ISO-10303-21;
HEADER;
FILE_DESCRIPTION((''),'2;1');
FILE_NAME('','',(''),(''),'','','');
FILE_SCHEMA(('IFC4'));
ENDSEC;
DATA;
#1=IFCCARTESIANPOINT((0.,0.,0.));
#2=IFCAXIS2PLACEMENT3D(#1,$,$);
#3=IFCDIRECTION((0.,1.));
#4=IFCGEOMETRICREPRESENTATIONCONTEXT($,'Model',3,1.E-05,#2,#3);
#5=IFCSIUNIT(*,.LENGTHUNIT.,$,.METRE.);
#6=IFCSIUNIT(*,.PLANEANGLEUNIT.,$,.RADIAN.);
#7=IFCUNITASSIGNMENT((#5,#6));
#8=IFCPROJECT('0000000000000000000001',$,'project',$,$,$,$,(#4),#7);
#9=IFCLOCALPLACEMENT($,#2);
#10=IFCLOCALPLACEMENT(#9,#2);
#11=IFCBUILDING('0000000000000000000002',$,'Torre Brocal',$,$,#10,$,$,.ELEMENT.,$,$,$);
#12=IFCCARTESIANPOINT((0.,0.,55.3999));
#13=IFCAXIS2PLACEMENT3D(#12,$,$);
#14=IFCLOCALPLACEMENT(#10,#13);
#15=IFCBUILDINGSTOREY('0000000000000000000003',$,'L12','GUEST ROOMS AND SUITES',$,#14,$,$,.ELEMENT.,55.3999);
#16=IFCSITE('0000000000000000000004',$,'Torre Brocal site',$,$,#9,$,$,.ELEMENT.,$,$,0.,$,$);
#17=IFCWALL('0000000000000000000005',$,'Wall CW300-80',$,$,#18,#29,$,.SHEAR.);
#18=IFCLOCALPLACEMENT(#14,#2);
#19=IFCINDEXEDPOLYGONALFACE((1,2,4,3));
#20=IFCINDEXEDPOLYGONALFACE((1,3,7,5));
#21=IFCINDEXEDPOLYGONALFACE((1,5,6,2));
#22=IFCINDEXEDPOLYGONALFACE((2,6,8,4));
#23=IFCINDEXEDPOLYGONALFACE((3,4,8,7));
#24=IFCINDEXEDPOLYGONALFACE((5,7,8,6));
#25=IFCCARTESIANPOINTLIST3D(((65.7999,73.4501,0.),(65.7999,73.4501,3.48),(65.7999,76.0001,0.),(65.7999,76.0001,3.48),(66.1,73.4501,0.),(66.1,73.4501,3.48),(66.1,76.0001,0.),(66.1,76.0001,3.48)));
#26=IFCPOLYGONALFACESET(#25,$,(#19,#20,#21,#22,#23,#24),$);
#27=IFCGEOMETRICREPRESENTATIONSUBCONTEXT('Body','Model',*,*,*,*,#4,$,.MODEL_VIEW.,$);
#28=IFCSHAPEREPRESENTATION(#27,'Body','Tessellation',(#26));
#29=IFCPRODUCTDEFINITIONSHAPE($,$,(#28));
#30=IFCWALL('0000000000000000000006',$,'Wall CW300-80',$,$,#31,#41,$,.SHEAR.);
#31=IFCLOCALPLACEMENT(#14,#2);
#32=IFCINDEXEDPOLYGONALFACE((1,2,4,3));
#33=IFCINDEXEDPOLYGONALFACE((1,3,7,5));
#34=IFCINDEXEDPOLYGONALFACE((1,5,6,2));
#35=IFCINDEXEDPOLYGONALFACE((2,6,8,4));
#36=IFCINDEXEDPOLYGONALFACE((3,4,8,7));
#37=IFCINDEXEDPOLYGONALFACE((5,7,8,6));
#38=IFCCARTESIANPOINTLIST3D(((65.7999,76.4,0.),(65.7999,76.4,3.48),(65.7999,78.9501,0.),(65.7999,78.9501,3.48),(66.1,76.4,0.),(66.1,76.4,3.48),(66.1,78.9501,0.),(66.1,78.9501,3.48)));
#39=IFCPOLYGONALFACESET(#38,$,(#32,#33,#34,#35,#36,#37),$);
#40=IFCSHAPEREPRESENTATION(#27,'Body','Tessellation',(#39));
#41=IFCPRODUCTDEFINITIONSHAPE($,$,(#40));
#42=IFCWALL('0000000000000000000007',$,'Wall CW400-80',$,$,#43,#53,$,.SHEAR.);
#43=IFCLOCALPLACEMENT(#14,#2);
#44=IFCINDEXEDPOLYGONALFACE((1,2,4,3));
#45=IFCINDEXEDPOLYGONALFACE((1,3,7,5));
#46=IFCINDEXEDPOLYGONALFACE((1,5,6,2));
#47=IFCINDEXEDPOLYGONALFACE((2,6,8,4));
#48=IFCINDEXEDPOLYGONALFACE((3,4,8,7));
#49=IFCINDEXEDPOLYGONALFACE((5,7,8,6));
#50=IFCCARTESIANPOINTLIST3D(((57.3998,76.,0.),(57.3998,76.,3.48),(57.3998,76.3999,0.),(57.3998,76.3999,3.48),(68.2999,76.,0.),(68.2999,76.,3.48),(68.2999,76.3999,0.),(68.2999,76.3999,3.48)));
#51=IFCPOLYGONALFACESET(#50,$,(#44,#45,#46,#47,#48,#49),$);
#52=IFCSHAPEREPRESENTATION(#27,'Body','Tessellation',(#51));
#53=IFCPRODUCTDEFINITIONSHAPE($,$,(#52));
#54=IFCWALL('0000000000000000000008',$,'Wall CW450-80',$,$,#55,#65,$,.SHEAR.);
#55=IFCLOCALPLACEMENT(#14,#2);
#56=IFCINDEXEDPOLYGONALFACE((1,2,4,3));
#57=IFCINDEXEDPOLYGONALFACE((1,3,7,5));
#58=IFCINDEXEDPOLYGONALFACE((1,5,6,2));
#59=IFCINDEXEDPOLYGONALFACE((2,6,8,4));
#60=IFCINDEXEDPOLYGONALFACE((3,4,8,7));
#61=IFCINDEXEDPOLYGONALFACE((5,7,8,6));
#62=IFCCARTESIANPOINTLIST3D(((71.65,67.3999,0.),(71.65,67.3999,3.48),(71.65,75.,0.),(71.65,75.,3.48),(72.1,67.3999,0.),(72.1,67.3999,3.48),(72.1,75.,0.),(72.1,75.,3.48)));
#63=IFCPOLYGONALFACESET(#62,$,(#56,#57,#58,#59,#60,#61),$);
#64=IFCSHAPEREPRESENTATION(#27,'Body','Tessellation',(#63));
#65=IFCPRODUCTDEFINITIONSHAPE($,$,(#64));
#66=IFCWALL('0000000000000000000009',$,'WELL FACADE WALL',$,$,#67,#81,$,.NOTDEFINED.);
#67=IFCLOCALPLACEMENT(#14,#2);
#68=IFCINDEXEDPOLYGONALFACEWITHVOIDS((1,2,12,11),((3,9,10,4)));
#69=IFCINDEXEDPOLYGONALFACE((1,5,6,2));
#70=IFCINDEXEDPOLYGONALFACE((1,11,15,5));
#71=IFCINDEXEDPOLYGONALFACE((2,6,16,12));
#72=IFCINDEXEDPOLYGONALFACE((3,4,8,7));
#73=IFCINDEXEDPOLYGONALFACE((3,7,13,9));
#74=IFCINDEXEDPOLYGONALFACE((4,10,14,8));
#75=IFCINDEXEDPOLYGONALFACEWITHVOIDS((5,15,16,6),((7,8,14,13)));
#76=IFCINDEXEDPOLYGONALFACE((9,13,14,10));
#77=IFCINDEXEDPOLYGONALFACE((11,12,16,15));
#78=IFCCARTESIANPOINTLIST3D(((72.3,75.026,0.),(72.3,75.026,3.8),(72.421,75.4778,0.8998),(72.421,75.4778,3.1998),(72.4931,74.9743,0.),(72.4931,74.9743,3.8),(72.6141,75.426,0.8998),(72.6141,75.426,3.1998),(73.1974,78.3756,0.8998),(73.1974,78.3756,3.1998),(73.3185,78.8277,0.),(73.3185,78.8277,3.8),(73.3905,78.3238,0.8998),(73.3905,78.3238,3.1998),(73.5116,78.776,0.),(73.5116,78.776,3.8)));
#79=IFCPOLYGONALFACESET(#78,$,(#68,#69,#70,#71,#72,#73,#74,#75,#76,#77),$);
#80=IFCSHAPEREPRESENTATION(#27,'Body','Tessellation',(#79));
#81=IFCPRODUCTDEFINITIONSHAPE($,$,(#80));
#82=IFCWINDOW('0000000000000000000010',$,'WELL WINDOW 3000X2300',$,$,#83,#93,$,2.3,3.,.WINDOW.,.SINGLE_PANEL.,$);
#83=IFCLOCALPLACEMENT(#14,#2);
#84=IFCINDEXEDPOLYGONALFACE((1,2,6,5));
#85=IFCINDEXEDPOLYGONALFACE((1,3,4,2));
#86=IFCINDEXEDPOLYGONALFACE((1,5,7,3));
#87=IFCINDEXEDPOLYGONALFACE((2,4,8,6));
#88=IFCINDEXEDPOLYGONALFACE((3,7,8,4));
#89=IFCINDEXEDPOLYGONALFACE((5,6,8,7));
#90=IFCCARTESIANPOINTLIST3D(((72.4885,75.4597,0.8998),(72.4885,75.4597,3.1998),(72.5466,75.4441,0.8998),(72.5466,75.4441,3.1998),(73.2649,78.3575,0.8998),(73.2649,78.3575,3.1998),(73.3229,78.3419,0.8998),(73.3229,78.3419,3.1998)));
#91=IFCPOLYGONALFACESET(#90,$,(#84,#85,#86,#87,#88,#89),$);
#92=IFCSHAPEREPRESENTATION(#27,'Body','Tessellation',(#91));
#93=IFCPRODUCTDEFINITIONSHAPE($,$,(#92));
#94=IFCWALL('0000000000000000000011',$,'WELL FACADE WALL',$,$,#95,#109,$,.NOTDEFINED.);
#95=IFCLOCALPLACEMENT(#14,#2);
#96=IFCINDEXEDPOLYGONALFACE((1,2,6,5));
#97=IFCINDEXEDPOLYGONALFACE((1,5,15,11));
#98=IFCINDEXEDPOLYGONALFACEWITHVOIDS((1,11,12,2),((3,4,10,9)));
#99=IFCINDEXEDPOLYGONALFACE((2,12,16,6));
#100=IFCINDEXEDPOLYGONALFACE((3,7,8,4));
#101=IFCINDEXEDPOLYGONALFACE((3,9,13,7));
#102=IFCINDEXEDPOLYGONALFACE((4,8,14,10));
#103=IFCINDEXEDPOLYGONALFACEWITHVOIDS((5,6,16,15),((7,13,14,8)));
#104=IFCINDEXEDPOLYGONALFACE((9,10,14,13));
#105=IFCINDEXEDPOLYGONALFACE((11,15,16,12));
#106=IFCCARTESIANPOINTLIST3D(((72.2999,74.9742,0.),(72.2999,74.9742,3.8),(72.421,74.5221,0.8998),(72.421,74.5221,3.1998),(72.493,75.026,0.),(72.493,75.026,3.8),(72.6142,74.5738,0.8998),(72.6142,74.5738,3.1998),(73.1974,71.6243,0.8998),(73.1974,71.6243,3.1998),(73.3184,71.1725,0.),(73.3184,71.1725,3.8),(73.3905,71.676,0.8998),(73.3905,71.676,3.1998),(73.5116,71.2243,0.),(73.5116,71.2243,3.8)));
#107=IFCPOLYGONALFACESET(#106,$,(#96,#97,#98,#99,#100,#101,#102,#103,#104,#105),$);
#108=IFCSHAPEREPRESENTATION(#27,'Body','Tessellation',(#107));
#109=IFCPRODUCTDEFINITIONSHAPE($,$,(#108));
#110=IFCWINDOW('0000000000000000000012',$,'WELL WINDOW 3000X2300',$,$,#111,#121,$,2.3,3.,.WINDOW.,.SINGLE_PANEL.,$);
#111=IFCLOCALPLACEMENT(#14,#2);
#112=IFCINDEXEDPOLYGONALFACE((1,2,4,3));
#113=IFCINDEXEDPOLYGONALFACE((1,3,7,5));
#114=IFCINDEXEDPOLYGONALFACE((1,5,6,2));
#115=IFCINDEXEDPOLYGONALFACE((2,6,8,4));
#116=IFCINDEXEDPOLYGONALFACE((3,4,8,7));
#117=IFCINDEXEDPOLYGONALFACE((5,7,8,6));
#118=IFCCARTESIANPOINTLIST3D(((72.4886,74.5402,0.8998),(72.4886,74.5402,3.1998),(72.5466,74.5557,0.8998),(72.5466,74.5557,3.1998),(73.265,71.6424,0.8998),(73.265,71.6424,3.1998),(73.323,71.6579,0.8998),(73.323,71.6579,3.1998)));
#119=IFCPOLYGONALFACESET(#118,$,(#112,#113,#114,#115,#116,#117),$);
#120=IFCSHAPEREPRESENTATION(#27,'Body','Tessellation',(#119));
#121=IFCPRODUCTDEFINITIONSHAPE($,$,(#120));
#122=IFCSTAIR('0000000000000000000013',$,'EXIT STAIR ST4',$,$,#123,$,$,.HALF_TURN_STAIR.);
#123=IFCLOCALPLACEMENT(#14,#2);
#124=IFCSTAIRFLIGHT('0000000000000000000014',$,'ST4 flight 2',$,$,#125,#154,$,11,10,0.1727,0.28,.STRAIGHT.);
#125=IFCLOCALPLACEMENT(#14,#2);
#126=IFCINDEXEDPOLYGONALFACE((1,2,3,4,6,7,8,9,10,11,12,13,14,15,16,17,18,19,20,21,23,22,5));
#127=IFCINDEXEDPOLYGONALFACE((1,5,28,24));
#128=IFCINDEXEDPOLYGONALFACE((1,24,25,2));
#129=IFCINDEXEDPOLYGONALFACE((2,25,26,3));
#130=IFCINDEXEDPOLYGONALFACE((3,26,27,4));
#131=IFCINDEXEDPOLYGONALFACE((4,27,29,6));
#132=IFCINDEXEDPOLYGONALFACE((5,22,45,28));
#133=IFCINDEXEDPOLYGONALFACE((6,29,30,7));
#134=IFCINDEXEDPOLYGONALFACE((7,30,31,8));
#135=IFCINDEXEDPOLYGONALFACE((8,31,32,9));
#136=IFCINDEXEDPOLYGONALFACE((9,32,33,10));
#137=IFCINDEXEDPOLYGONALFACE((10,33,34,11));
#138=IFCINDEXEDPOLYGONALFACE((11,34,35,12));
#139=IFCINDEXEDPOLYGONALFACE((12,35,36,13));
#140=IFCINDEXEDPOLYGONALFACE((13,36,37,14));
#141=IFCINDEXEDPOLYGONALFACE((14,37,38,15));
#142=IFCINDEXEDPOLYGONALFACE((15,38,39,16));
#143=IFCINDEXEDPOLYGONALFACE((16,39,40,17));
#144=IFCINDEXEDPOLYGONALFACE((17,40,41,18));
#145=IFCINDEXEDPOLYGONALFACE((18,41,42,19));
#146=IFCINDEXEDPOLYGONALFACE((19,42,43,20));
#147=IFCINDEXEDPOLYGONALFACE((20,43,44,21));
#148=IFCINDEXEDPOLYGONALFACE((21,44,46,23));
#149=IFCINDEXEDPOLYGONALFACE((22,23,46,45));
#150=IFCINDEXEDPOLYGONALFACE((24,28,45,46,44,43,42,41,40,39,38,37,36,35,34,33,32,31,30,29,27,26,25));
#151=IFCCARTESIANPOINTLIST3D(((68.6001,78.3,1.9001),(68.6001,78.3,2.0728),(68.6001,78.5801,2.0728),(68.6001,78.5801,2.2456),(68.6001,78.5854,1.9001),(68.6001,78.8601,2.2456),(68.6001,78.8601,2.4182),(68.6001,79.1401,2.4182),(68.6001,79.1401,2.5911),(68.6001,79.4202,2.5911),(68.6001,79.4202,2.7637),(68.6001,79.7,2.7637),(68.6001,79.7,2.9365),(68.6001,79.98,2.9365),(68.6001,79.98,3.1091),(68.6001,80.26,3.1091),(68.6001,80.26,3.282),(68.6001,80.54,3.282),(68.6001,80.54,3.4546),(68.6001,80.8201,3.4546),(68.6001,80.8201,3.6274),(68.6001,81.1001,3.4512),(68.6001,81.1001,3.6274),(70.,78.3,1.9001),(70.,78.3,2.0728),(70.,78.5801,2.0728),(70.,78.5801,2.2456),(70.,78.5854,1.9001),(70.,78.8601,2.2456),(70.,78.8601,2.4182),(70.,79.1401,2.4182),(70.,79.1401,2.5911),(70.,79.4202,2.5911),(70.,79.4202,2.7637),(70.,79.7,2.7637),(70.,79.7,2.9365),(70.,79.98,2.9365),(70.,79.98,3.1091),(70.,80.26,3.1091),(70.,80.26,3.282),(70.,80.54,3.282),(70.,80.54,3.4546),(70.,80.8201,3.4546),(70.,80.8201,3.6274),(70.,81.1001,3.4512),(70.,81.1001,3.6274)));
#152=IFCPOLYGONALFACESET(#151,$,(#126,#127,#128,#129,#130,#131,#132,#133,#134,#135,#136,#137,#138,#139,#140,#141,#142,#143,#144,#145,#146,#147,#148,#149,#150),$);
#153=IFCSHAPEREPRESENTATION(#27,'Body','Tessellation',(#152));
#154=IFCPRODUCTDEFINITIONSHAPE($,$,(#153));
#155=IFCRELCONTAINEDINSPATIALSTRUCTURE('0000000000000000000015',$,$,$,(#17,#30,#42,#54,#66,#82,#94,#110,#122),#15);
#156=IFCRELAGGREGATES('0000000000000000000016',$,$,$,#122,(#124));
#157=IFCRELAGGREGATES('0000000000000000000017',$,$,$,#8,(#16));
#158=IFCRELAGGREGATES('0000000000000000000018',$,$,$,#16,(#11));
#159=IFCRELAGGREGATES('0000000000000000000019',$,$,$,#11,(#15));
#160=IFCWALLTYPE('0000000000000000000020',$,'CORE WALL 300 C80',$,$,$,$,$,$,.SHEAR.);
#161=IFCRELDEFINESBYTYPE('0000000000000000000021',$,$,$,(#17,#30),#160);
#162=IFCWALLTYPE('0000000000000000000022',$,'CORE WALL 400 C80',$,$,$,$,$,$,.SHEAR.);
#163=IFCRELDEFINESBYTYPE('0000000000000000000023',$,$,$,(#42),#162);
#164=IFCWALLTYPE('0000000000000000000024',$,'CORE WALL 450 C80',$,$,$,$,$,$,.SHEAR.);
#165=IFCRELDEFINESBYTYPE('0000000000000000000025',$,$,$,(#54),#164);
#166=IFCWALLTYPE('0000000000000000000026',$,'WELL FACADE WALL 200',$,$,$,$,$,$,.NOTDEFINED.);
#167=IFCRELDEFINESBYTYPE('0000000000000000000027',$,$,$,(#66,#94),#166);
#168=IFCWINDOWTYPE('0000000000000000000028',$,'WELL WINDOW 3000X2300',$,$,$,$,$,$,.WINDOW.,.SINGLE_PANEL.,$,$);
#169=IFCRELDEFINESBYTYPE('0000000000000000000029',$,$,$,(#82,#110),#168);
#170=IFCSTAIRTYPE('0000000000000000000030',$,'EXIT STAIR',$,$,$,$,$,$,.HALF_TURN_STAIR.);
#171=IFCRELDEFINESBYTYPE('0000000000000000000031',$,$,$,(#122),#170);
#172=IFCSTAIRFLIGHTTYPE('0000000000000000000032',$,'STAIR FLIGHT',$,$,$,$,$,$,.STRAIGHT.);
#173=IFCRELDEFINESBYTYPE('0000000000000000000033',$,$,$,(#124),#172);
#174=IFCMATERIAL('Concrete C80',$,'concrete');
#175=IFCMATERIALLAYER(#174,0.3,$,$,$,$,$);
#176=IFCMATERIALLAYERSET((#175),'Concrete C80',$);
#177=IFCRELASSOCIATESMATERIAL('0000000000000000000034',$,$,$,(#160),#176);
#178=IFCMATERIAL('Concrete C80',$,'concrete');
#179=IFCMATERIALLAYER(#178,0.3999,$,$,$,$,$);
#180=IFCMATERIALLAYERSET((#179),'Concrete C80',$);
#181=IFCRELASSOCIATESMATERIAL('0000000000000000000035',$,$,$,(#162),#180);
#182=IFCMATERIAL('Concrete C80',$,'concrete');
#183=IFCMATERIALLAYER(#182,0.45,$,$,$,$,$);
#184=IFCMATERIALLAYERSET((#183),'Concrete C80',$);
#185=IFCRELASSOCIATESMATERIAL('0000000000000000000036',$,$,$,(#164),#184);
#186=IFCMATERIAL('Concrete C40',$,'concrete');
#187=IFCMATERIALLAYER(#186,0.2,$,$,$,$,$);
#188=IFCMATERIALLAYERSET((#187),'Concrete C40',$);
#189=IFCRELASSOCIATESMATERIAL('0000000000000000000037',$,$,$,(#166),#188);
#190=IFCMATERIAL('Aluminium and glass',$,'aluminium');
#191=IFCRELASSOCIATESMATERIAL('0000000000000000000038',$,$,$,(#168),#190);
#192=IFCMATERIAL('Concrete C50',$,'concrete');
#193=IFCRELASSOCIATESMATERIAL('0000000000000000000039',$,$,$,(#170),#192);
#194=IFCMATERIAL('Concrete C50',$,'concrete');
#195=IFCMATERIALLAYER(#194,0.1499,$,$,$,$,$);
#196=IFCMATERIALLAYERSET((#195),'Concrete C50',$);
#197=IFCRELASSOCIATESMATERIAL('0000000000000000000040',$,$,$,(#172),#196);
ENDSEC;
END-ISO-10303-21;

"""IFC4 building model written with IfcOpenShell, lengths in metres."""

from ifc_helpers import new_model, si_unit, direction, frame, frame_2d, origin, place, context, subcontext, project, spatial, polyline, rectangle, outline, extrude, material, layer, layer_set, type_object, element, fill, aggregate, save


model = new_model("IFC4")

# Units and contexts
model_context = context("Model", 3, precision=1e-05, world=origin(), true_north=direction((0.0, 1.0)))
body_context = subcontext(model_context, "Body", "Model", "MODEL_VIEW")
ifc_project = project(units=[si_unit("LENGTHUNIT", "METRE"), si_unit("PLANEANGLEUNIT", "RADIAN")], contexts=[model_context])

# Site, building, storey
site_placement = place(None, origin())
site = spatial("IfcSite", under=ifc_project, at=site_placement, Name="Torre Brocal site", CompositionType="ELEMENT", RefElevation=0.0)
building_placement = place(site_placement, origin())
building = spatial("IfcBuilding", under=site, at=building_placement, Name="Torre Brocal", CompositionType="ELEMENT")
storey_placement = place(building_placement, frame((0.0, 0.0, 55.3999)))
storey = spatial("IfcBuildingStorey", under=building, at=storey_placement, Name="L12", Description="GUEST ROOMS AND SUITES", CompositionType="ELEMENT", Elevation=55.3999)

# Shared definitions
ifc_material_1 = material(Name="Concrete C80", Category="concrete")
ifc_layer_1 = layer(ifc_material_1, 0.3)
ifc_layer_set_1 = layer_set([ifc_layer_1], Name="Concrete C80")
wall_type_1 = type_object("IfcWallType", Name="CORE WALL 300 C80", PredefinedType="SHEAR", material=ifc_layer_set_1)

# Walls
for number, where, z_axis, x_axis, name in (
    (1, (65.95, 76.0, 0.0), (0.0, 0.0, 1.0), (0.0, -1.0, 0.0), "Wall CW300-80"),
    (2, (65.95, 78.95, 0.0), (0.0, 0.0, 1.0), (0.0, -1.0, 0.0), "Wall CW300-80"),
):
    element("IfcWall", number, at=place(storey_placement, frame(where, z_axis=z_axis, x_axis=x_axis)), inside=storey, type_object=wall_type_1, Name=name, PredefinedType="SHEAR", context=body_context, shape_type="SweptSolid", body=[
        extrude(rectangle(XDim=2.55, YDim=0.3, at=frame_2d((1.2749, 0.0))), origin(), (0.0, 0.0, 1.0), 3.48),
    ])
ifc_material_2 = material(Name="Concrete C80", Category="concrete")
ifc_layer_2 = layer(ifc_material_2, 0.3999)
ifc_layer_set_2 = layer_set([ifc_layer_2], Name="Concrete C80")
wall_type_2 = type_object("IfcWallType", Name="CORE WALL 400 C80", PredefinedType="SHEAR", material=ifc_layer_set_2)
wall_1_placement = place(storey_placement, frame((68.3, 76.2, 0.0), z_axis=(0.0, 0.0, 1.0), x_axis=(-1.0, 0.0, 0.0)))
element("IfcWall", 3, at=wall_1_placement, inside=storey, type_object=wall_type_2, Name="Wall CW400-80", PredefinedType="SHEAR", context=body_context, shape_type="SweptSolid", body=[
    extrude(rectangle(XDim=10.9001, YDim=0.3999, at=frame_2d((5.4502, 0.0))), origin(), (0.0, 0.0, 1.0), 3.48),
])
ifc_material_3 = material(Name="Concrete C80", Category="concrete")
ifc_layer_3 = layer(ifc_material_3, 0.45)
ifc_layer_set_3 = layer_set([ifc_layer_3], Name="Concrete C80")
wall_type_3 = type_object("IfcWallType", Name="CORE WALL 450 C80", PredefinedType="SHEAR", material=ifc_layer_set_3)
wall_2_placement = place(storey_placement, frame((71.875, 75.0, 0.0), z_axis=(0.0, 0.0, 1.0), x_axis=(0.0, -1.0, 0.0)))
element("IfcWall", 4, at=wall_2_placement, inside=storey, type_object=wall_type_3, Name="Wall CW450-80", PredefinedType="SHEAR", context=body_context, shape_type="SweptSolid", body=[
    extrude(rectangle(XDim=7.6001, YDim=0.45, at=frame_2d((3.8, 0.0))), origin(), (0.0, 0.0, 1.0), 3.48),
])

# Walls, openings, windows
ifc_material_4 = material(Name="Concrete C40", Category="concrete")
ifc_layer_4 = layer(ifc_material_4, 0.2)
ifc_layer_set_4 = layer_set([ifc_layer_4], Name="Concrete C40")
wall_type_4 = type_object("IfcWallType", Name="WELL FACADE WALL 200", PredefinedType="NOTDEFINED", material=ifc_layer_set_4)
wall_3_placement = place(storey_placement, frame((73.415, 78.8018, 0.0), z_axis=(0.0, 0.0, 1.0), x_axis=(-0.25879, -0.965934, 0.0)))
wall_3 = element("IfcWall", 5, at=wall_3_placement, inside=storey, type_object=wall_type_4, Name="WELL FACADE WALL", PredefinedType="NOTDEFINED", context=body_context, shape_type="SweptSolid", body=[
    extrude(rectangle(XDim=3.9358, YDim=0.2, at=frame_2d((1.9678, 0.0))), origin(), (0.0, 0.0, 1.0), 3.8),
])
opening_1_placement = place(wall_3_placement, frame((0.468, 0.0, 0.8999)))
opening_1 = element("IfcOpeningElement", 6, at=opening_1_placement, cuts=wall_3, PredefinedType="OPENING", context=body_context, shape_type="SweptSolid", body=[
    extrude(rectangle(XDim=3.0, YDim=2.3, at=frame_2d((1.5, 1.1499))), frame((0.0, 0.1099, 0.0), z_axis=(0.0, -1.0, 0.0), x_axis=(1.0, 0.0, 0.0)), (0.0, 0.0, 1.0), 0.22),
])
ifc_material_5 = material(Name="Aluminium and glass", Category="aluminium")
window_type = type_object("IfcWindowType", Name="WELL WINDOW 3000X2300", PartitioningType="SINGLE_PANEL", PredefinedType="WINDOW", material=ifc_material_5)
window_1_placement = place(opening_1_placement, origin())
window_1 = element("IfcWindow", 7, at=window_1_placement, inside=storey, type_object=window_type, Name="WELL WINDOW 3000X2300", OverallHeight=2.3, OverallWidth=3.0, PartitioningType="SINGLE_PANEL", PredefinedType="WINDOW", context=body_context, shape_type="SweptSolid", body=[
    extrude(rectangle(XDim=3.0, YDim=2.3, at=frame_2d((1.5, 1.1499))), frame((0.0, 0.03, 0.0), z_axis=(0.0, -1.0, 0.0), x_axis=(1.0, 0.0, 0.0)), (0.0, 0.0, 1.0), 0.0601),
])
fill(opening_1, window_1)
wall_4_placement = place(storey_placement, frame((72.3965, 75.0, 0.0), z_axis=(0.0, 0.0, 1.0), x_axis=(0.25879, -0.965934, 0.0)))
wall_4 = element("IfcWall", 8, at=wall_4_placement, inside=storey, type_object=wall_type_4, Name="WELL FACADE WALL", PredefinedType="NOTDEFINED", context=body_context, shape_type="SweptSolid", body=[
    extrude(rectangle(XDim=3.9358, YDim=0.2, at=frame_2d((1.9678, 0.0))), origin(), (0.0, 0.0, 1.0), 3.8),
])
opening_2_placement = place(wall_4_placement, frame((0.468, 0.0, 0.8999)))
opening_2 = element("IfcOpeningElement", 9, at=opening_2_placement, cuts=wall_4, PredefinedType="OPENING", context=body_context, shape_type="SweptSolid", body=[
    extrude(rectangle(XDim=3.0, YDim=2.3, at=frame_2d((1.5, 1.1499))), frame((0.0, 0.1099, 0.0), z_axis=(0.0, -1.0, 0.0), x_axis=(1.0, 0.0, 0.0)), (0.0, 0.0, 1.0), 0.22),
])
window_2_placement = place(opening_2_placement, origin())
window_2 = element("IfcWindow", 10, at=window_2_placement, inside=storey, type_object=window_type, Name="WELL WINDOW 3000X2300", OverallHeight=2.3, OverallWidth=3.0, PartitioningType="SINGLE_PANEL", PredefinedType="WINDOW", context=body_context, shape_type="SweptSolid", body=[
    extrude(rectangle(XDim=3.0, YDim=2.3, at=frame_2d((1.5, 1.1499))), frame((0.0, 0.03, 0.0), z_axis=(0.0, -1.0, 0.0), x_axis=(1.0, 0.0, 0.0)), (0.0, 0.0, 1.0), 0.0601),
])
fill(opening_2, window_2)

# Stair, stair flight
ifc_material_6 = material(Name="Concrete C50", Category="concrete")
stair_type = type_object("IfcStairType", Name="EXIT STAIR", PredefinedType="HALF_TURN_STAIR", material=ifc_material_6)
stair_placement = place(storey_placement, origin())
stair = element("IfcStair", 11, at=stair_placement, inside=storey, type_object=stair_type, Name="EXIT STAIR ST4", PredefinedType="HALF_TURN_STAIR")
ifc_material_7 = material(Name="Concrete C50", Category="concrete")
ifc_layer_5 = layer(ifc_material_7, 0.1499)
ifc_layer_set_5 = layer_set([ifc_layer_5], Name="Concrete C50")
stair_flight_type = type_object("IfcStairFlightType", Name="STAIR FLIGHT", PredefinedType="STRAIGHT", material=ifc_layer_set_5)
stair_flight_placement = place(storey_placement, frame((69.3, 78.3, 1.9001), z_axis=(0.0, 0.0, 1.0), x_axis=(0.0, 1.0, 0.0)))
stair_flight = element("IfcStairFlight", 12, at=stair_flight_placement, type_object=stair_flight_type, Name="ST4 flight 2", NumberOfRisers=11, NumberOfTreads=10, PredefinedType="STRAIGHT", RiserHeight=0.1727, TreadLength=0.28, context=body_context, shape_type="SweptSolid", body=[
    extrude(outline(polyline([(0.0, 0.0), (0.0, 0.1726), (0.28, 0.1726), (0.28, 0.3455), (0.5601, 0.3455), (0.5601, 0.5181), (0.8401, 0.5181), (0.8401, 0.6909), (1.1201, 0.6909), (1.1201, 0.8635), (1.3999, 0.8635), (1.3999, 1.0364), (1.6799, 1.0364), (1.6799, 1.209), (1.96, 1.209), (1.96, 1.3818), (2.24, 1.3818), (2.24, 1.5544), (2.52, 1.5544), (2.52, 1.7273), (2.8, 1.7273), (2.8, 1.8999), (2.8, 1.551), (0.2854, 0.0), (0.0, 0.0)])), frame((0.0, 0.7, 0.0), z_axis=(0.0, -1.0, 0.0), x_axis=(1.0, 0.0, 0.0)), (0.0, 0.0, 1.0), 1.3999),
])
aggregate(stair, [stair_flight])

save(model, "model.ifc")
